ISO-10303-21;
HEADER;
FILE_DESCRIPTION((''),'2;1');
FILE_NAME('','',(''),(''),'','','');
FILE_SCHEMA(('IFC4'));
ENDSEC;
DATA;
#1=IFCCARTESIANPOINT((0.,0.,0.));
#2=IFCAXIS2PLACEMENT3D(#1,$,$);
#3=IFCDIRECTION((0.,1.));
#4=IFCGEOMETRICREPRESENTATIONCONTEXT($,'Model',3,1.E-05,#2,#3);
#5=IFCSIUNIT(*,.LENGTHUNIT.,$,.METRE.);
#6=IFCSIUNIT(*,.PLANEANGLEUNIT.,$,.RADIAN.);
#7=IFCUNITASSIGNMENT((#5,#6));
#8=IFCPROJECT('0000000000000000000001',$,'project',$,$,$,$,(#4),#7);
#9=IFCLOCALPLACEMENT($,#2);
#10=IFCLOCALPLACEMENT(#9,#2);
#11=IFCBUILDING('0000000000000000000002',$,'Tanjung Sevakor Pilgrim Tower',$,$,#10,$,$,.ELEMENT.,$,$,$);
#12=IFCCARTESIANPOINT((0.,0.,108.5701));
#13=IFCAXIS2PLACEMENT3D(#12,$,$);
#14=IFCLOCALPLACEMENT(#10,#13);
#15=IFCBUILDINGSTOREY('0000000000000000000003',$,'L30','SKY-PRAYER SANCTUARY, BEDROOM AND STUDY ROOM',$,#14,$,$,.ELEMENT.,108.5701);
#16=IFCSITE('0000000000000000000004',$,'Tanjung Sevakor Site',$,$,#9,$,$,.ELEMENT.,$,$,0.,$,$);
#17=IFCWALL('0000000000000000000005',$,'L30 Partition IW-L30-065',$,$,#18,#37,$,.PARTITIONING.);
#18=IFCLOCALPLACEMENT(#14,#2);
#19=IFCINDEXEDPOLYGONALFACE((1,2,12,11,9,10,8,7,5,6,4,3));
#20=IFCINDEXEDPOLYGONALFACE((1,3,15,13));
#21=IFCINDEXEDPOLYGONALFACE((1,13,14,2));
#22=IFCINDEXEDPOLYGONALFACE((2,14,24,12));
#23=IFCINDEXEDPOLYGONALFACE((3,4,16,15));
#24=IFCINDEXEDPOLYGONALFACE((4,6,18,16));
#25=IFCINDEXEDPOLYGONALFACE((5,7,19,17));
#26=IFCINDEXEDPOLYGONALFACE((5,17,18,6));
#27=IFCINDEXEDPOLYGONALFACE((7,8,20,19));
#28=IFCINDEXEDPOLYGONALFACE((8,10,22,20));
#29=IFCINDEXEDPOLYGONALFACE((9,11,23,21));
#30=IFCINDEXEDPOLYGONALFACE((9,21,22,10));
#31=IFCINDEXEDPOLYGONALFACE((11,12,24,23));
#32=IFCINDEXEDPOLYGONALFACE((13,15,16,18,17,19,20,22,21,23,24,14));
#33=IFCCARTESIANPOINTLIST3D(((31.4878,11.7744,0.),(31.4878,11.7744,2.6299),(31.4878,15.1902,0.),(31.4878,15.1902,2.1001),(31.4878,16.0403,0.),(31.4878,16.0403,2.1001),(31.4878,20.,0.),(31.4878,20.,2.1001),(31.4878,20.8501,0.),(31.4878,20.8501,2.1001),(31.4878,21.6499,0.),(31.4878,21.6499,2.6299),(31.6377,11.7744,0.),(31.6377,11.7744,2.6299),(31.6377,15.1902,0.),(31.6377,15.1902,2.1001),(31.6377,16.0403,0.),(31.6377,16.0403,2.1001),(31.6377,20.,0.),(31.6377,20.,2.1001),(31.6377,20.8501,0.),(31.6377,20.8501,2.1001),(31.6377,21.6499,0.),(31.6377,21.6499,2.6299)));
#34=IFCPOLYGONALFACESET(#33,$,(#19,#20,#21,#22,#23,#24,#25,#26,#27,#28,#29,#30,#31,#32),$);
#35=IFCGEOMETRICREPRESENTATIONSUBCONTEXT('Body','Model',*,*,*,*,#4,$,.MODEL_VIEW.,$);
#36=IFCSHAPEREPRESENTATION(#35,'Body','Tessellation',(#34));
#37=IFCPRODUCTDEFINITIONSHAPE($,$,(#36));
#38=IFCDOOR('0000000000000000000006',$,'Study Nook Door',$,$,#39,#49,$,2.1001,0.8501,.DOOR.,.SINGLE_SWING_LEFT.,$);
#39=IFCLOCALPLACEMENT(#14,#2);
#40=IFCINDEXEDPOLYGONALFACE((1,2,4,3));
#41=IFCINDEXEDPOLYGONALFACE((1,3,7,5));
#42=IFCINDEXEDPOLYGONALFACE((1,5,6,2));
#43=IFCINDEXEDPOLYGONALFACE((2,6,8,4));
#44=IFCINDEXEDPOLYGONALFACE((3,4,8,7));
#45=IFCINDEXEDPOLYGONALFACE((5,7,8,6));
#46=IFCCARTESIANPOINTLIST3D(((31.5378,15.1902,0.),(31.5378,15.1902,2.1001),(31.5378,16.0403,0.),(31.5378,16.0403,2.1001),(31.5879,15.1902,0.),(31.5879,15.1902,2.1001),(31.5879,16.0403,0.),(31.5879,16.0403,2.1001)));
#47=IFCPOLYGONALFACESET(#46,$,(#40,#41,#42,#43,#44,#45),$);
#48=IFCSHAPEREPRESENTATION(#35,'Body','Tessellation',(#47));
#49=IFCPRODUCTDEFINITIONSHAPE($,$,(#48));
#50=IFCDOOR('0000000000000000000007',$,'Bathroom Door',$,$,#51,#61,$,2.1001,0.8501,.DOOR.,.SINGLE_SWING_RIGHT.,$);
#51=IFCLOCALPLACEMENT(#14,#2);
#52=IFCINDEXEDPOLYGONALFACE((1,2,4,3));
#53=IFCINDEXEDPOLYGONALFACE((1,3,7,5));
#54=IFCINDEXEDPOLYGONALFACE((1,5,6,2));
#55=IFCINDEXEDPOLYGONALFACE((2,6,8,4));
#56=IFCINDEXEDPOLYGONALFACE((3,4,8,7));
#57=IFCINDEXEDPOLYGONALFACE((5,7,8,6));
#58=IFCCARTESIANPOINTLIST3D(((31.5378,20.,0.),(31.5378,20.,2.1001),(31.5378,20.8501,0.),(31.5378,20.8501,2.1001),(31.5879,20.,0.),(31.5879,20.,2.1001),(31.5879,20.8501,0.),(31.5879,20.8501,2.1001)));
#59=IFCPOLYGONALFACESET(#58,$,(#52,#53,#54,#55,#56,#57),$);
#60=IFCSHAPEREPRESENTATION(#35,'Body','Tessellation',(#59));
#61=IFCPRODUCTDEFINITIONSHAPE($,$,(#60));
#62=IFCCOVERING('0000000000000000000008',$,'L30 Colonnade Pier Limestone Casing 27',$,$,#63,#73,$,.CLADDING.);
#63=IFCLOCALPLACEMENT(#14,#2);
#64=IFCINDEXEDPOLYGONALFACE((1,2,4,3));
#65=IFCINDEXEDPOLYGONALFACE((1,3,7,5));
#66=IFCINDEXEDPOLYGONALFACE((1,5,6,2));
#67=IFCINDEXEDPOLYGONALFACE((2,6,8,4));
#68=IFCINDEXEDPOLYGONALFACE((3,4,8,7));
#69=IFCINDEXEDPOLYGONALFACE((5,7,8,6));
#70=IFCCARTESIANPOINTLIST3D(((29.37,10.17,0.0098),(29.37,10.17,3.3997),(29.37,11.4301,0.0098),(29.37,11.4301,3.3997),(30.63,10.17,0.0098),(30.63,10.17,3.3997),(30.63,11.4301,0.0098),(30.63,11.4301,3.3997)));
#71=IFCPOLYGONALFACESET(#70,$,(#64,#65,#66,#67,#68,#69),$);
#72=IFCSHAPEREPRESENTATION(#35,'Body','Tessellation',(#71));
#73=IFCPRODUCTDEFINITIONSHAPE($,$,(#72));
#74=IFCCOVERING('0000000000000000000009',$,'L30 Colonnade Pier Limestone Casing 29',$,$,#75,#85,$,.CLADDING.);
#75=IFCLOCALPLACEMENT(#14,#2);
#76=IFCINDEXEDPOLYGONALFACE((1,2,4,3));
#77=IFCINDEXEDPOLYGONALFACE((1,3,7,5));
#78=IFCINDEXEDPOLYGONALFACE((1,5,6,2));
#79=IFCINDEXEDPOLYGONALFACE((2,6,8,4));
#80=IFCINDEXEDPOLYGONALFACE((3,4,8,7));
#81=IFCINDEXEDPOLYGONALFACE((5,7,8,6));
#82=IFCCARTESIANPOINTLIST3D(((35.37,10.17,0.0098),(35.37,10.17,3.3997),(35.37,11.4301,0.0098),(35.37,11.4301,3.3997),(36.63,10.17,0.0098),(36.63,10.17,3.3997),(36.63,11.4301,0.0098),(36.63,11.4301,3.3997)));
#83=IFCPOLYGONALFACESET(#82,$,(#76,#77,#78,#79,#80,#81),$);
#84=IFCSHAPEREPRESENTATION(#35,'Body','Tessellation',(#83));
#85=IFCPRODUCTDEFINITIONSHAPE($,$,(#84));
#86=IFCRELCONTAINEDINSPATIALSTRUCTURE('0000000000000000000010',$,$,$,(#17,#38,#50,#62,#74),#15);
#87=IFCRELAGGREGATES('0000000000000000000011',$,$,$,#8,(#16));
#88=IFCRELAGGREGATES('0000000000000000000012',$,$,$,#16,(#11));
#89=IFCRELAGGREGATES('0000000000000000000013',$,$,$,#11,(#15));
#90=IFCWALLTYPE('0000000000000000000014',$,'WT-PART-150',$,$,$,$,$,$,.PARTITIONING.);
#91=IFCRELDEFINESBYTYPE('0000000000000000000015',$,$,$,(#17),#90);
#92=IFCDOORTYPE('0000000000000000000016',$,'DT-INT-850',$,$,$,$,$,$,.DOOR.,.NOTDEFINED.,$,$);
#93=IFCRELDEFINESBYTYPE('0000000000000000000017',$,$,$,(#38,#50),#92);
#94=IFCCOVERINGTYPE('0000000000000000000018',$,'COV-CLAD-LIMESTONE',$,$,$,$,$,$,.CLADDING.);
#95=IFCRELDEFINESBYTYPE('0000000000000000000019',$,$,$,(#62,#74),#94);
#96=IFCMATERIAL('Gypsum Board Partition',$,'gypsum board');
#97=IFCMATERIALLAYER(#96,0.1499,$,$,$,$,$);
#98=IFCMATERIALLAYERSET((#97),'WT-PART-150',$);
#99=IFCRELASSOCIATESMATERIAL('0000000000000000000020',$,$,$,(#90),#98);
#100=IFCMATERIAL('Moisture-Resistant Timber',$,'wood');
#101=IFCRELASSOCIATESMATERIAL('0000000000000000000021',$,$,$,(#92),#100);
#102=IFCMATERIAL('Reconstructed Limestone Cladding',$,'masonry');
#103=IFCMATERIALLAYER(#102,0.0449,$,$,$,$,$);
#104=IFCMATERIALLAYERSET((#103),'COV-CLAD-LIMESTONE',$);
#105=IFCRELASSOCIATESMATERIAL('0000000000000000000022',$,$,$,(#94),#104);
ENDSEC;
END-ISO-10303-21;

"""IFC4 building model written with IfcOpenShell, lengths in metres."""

from ifc_helpers import new_model, si_unit, direction, frame, frame_2d, origin, origin_2d, place, context, subcontext, project, spatial, rectangle, extrude, material, layer, layer_set, type_object, element, fill, save


model = new_model("IFC4")

# Units and contexts
model_context = context("Model", 3, precision=1e-05, world=origin(), true_north=direction((0.0, 1.0)))
body_context = subcontext(model_context, "Body", "Model", "MODEL_VIEW")
ifc_project = project(units=[si_unit("LENGTHUNIT", "METRE"), si_unit("PLANEANGLEUNIT", "RADIAN")], contexts=[model_context])

# Site, building, storey
site_placement = place(None, origin())
site = spatial("IfcSite", under=ifc_project, at=site_placement, Name="Tanjung Sevakor Site", CompositionType="ELEMENT", RefElevation=0.0)
building_placement = place(site_placement, origin())
building = spatial("IfcBuilding", under=site, at=building_placement, Name="Tanjung Sevakor Pilgrim Tower", CompositionType="ELEMENT")
storey_placement = place(building_placement, frame((0.0, 0.0, 108.5701)))
storey = spatial("IfcBuildingStorey", under=building, at=storey_placement, Name="L30", Description="SKY-PRAYER SANCTUARY, BEDROOM AND STUDY ROOM", CompositionType="ELEMENT", Elevation=108.5701)

# Wall, openings, doors
ifc_material_1 = material(Name="Gypsum Board Partition", Category="gypsum board")
ifc_layer_1 = layer(ifc_material_1, 0.1499)
ifc_layer_set_1 = layer_set([ifc_layer_1], Name="WT-PART-150")
wall_type_1 = type_object("IfcWallType", Name="WT-PART-150", PredefinedType="PARTITIONING", material=ifc_layer_set_1)
wall_1_placement = place(storey_placement, frame((31.5627, 11.7744, 0.0), z_axis=(0.0, 0.0, 1.0), x_axis=(0.0, 1.0, 0.0)))
wall_1 = element("IfcWall", 1, at=wall_1_placement, inside=storey, type_object=wall_type_1, Name="L30 Partition IW-L30-065", PredefinedType="PARTITIONING", context=body_context, shape_type="SweptSolid", body=[
    extrude(rectangle(XDim=9.8755, YDim=0.1499, at=frame_2d((4.9377, 0.0))), origin(), (0.0, 0.0, 1.0), 2.6299),
])
opening_1_placement = place(wall_1_placement, frame((3.4158, 0.0, 0.0)))
opening_1 = element("IfcOpeningElement", 2, at=opening_1_placement, cuts=wall_1, PredefinedType="OPENING", context=body_context, shape_type="SweptSolid", body=[
    extrude(rectangle(XDim=0.8501, YDim=2.1001, at=frame_2d((0.425, 1.05))), frame((0.0, 0.085, 0.0), z_axis=(0.0, -1.0, 0.0), x_axis=(1.0, 0.0, 0.0)), (0.0, 0.0, 1.0), 0.1699),
])
opening_2_placement = place(wall_1_placement, frame((8.2256, 0.0, 0.0)))
opening_2 = element("IfcOpeningElement", 3, at=opening_2_placement, cuts=wall_1, PredefinedType="OPENING", context=body_context, shape_type="SweptSolid", body=[
    extrude(rectangle(XDim=0.8501, YDim=2.1001, at=frame_2d((0.425, 1.05))), frame((0.0, 0.085, 0.0), z_axis=(0.0, -1.0, 0.0), x_axis=(1.0, 0.0, 0.0)), (0.0, 0.0, 1.0), 0.1699),
])
ifc_material_2 = material(Name="Moisture-Resistant Timber", Category="wood")
door_type = type_object("IfcDoorType", Name="DT-INT-850", OperationType="NOTDEFINED", PredefinedType="DOOR", material=ifc_material_2)
door_1_placement = place(opening_1_placement, origin())
door_1 = element("IfcDoor", 4, at=door_1_placement, inside=storey, type_object=door_type, Name="Study Nook Door", OperationType="SINGLE_SWING_LEFT", OverallHeight=2.1001, OverallWidth=0.8501, PredefinedType="DOOR", context=body_context, shape_type="SweptSolid", body=[
    extrude(rectangle(XDim=0.8501, YDim=2.1001, at=frame_2d((0.425, 1.05))), frame((0.0, 0.0249, 0.0), z_axis=(0.0, -1.0, 0.0), x_axis=(1.0, 0.0, 0.0)), (0.0, 0.0, 1.0), 0.05),
])
fill(opening_1, door_1)
door_2_placement = place(opening_2_placement, origin())
door_2 = element("IfcDoor", 5, at=door_2_placement, inside=storey, type_object=door_type, Name="Bathroom Door", OperationType="SINGLE_SWING_RIGHT", OverallHeight=2.1001, OverallWidth=0.8501, PredefinedType="DOOR", context=body_context, shape_type="SweptSolid", body=[
    extrude(rectangle(XDim=0.8501, YDim=2.1001, at=frame_2d((0.425, 1.05))), frame((0.0, 0.0249, 0.0), z_axis=(0.0, -1.0, 0.0), x_axis=(1.0, 0.0, 0.0)), (0.0, 0.0, 1.0), 0.05),
])
fill(opening_2, door_2)

# Coverings
ifc_material_3 = material(Name="Reconstructed Limestone Cladding", Category="masonry")
ifc_layer_2 = layer(ifc_material_3, 0.0449)
ifc_layer_set_2 = layer_set([ifc_layer_2], Name="COV-CLAD-LIMESTONE")
covering_type = type_object("IfcCoveringType", Name="COV-CLAD-LIMESTONE", PredefinedType="CLADDING", material=ifc_layer_set_2)
for number, where, z_axis, x_axis, name in (
    (6, (30.0, 10.8, 0.0098), (0.0, 0.0, 1.0), (1.0, 0.0, 0.0), "L30 Colonnade Pier Limestone Casing 27"),
    (7, (36.0, 10.8, 0.0098), (0.0, 0.0, 1.0), (1.0, 0.0, 0.0), "L30 Colonnade Pier Limestone Casing 29"),
):
    element("IfcCovering", number, at=place(storey_placement, frame(where, z_axis=z_axis, x_axis=x_axis)), inside=storey, type_object=covering_type, Name=name, PredefinedType="CLADDING", context=body_context, shape_type="SweptSolid", body=[
        extrude(rectangle(XDim=1.26, YDim=1.26, at=origin_2d()), origin(), (0.0, 0.0, 1.0), 3.3899),
    ])

save(model, "model.ifc")
